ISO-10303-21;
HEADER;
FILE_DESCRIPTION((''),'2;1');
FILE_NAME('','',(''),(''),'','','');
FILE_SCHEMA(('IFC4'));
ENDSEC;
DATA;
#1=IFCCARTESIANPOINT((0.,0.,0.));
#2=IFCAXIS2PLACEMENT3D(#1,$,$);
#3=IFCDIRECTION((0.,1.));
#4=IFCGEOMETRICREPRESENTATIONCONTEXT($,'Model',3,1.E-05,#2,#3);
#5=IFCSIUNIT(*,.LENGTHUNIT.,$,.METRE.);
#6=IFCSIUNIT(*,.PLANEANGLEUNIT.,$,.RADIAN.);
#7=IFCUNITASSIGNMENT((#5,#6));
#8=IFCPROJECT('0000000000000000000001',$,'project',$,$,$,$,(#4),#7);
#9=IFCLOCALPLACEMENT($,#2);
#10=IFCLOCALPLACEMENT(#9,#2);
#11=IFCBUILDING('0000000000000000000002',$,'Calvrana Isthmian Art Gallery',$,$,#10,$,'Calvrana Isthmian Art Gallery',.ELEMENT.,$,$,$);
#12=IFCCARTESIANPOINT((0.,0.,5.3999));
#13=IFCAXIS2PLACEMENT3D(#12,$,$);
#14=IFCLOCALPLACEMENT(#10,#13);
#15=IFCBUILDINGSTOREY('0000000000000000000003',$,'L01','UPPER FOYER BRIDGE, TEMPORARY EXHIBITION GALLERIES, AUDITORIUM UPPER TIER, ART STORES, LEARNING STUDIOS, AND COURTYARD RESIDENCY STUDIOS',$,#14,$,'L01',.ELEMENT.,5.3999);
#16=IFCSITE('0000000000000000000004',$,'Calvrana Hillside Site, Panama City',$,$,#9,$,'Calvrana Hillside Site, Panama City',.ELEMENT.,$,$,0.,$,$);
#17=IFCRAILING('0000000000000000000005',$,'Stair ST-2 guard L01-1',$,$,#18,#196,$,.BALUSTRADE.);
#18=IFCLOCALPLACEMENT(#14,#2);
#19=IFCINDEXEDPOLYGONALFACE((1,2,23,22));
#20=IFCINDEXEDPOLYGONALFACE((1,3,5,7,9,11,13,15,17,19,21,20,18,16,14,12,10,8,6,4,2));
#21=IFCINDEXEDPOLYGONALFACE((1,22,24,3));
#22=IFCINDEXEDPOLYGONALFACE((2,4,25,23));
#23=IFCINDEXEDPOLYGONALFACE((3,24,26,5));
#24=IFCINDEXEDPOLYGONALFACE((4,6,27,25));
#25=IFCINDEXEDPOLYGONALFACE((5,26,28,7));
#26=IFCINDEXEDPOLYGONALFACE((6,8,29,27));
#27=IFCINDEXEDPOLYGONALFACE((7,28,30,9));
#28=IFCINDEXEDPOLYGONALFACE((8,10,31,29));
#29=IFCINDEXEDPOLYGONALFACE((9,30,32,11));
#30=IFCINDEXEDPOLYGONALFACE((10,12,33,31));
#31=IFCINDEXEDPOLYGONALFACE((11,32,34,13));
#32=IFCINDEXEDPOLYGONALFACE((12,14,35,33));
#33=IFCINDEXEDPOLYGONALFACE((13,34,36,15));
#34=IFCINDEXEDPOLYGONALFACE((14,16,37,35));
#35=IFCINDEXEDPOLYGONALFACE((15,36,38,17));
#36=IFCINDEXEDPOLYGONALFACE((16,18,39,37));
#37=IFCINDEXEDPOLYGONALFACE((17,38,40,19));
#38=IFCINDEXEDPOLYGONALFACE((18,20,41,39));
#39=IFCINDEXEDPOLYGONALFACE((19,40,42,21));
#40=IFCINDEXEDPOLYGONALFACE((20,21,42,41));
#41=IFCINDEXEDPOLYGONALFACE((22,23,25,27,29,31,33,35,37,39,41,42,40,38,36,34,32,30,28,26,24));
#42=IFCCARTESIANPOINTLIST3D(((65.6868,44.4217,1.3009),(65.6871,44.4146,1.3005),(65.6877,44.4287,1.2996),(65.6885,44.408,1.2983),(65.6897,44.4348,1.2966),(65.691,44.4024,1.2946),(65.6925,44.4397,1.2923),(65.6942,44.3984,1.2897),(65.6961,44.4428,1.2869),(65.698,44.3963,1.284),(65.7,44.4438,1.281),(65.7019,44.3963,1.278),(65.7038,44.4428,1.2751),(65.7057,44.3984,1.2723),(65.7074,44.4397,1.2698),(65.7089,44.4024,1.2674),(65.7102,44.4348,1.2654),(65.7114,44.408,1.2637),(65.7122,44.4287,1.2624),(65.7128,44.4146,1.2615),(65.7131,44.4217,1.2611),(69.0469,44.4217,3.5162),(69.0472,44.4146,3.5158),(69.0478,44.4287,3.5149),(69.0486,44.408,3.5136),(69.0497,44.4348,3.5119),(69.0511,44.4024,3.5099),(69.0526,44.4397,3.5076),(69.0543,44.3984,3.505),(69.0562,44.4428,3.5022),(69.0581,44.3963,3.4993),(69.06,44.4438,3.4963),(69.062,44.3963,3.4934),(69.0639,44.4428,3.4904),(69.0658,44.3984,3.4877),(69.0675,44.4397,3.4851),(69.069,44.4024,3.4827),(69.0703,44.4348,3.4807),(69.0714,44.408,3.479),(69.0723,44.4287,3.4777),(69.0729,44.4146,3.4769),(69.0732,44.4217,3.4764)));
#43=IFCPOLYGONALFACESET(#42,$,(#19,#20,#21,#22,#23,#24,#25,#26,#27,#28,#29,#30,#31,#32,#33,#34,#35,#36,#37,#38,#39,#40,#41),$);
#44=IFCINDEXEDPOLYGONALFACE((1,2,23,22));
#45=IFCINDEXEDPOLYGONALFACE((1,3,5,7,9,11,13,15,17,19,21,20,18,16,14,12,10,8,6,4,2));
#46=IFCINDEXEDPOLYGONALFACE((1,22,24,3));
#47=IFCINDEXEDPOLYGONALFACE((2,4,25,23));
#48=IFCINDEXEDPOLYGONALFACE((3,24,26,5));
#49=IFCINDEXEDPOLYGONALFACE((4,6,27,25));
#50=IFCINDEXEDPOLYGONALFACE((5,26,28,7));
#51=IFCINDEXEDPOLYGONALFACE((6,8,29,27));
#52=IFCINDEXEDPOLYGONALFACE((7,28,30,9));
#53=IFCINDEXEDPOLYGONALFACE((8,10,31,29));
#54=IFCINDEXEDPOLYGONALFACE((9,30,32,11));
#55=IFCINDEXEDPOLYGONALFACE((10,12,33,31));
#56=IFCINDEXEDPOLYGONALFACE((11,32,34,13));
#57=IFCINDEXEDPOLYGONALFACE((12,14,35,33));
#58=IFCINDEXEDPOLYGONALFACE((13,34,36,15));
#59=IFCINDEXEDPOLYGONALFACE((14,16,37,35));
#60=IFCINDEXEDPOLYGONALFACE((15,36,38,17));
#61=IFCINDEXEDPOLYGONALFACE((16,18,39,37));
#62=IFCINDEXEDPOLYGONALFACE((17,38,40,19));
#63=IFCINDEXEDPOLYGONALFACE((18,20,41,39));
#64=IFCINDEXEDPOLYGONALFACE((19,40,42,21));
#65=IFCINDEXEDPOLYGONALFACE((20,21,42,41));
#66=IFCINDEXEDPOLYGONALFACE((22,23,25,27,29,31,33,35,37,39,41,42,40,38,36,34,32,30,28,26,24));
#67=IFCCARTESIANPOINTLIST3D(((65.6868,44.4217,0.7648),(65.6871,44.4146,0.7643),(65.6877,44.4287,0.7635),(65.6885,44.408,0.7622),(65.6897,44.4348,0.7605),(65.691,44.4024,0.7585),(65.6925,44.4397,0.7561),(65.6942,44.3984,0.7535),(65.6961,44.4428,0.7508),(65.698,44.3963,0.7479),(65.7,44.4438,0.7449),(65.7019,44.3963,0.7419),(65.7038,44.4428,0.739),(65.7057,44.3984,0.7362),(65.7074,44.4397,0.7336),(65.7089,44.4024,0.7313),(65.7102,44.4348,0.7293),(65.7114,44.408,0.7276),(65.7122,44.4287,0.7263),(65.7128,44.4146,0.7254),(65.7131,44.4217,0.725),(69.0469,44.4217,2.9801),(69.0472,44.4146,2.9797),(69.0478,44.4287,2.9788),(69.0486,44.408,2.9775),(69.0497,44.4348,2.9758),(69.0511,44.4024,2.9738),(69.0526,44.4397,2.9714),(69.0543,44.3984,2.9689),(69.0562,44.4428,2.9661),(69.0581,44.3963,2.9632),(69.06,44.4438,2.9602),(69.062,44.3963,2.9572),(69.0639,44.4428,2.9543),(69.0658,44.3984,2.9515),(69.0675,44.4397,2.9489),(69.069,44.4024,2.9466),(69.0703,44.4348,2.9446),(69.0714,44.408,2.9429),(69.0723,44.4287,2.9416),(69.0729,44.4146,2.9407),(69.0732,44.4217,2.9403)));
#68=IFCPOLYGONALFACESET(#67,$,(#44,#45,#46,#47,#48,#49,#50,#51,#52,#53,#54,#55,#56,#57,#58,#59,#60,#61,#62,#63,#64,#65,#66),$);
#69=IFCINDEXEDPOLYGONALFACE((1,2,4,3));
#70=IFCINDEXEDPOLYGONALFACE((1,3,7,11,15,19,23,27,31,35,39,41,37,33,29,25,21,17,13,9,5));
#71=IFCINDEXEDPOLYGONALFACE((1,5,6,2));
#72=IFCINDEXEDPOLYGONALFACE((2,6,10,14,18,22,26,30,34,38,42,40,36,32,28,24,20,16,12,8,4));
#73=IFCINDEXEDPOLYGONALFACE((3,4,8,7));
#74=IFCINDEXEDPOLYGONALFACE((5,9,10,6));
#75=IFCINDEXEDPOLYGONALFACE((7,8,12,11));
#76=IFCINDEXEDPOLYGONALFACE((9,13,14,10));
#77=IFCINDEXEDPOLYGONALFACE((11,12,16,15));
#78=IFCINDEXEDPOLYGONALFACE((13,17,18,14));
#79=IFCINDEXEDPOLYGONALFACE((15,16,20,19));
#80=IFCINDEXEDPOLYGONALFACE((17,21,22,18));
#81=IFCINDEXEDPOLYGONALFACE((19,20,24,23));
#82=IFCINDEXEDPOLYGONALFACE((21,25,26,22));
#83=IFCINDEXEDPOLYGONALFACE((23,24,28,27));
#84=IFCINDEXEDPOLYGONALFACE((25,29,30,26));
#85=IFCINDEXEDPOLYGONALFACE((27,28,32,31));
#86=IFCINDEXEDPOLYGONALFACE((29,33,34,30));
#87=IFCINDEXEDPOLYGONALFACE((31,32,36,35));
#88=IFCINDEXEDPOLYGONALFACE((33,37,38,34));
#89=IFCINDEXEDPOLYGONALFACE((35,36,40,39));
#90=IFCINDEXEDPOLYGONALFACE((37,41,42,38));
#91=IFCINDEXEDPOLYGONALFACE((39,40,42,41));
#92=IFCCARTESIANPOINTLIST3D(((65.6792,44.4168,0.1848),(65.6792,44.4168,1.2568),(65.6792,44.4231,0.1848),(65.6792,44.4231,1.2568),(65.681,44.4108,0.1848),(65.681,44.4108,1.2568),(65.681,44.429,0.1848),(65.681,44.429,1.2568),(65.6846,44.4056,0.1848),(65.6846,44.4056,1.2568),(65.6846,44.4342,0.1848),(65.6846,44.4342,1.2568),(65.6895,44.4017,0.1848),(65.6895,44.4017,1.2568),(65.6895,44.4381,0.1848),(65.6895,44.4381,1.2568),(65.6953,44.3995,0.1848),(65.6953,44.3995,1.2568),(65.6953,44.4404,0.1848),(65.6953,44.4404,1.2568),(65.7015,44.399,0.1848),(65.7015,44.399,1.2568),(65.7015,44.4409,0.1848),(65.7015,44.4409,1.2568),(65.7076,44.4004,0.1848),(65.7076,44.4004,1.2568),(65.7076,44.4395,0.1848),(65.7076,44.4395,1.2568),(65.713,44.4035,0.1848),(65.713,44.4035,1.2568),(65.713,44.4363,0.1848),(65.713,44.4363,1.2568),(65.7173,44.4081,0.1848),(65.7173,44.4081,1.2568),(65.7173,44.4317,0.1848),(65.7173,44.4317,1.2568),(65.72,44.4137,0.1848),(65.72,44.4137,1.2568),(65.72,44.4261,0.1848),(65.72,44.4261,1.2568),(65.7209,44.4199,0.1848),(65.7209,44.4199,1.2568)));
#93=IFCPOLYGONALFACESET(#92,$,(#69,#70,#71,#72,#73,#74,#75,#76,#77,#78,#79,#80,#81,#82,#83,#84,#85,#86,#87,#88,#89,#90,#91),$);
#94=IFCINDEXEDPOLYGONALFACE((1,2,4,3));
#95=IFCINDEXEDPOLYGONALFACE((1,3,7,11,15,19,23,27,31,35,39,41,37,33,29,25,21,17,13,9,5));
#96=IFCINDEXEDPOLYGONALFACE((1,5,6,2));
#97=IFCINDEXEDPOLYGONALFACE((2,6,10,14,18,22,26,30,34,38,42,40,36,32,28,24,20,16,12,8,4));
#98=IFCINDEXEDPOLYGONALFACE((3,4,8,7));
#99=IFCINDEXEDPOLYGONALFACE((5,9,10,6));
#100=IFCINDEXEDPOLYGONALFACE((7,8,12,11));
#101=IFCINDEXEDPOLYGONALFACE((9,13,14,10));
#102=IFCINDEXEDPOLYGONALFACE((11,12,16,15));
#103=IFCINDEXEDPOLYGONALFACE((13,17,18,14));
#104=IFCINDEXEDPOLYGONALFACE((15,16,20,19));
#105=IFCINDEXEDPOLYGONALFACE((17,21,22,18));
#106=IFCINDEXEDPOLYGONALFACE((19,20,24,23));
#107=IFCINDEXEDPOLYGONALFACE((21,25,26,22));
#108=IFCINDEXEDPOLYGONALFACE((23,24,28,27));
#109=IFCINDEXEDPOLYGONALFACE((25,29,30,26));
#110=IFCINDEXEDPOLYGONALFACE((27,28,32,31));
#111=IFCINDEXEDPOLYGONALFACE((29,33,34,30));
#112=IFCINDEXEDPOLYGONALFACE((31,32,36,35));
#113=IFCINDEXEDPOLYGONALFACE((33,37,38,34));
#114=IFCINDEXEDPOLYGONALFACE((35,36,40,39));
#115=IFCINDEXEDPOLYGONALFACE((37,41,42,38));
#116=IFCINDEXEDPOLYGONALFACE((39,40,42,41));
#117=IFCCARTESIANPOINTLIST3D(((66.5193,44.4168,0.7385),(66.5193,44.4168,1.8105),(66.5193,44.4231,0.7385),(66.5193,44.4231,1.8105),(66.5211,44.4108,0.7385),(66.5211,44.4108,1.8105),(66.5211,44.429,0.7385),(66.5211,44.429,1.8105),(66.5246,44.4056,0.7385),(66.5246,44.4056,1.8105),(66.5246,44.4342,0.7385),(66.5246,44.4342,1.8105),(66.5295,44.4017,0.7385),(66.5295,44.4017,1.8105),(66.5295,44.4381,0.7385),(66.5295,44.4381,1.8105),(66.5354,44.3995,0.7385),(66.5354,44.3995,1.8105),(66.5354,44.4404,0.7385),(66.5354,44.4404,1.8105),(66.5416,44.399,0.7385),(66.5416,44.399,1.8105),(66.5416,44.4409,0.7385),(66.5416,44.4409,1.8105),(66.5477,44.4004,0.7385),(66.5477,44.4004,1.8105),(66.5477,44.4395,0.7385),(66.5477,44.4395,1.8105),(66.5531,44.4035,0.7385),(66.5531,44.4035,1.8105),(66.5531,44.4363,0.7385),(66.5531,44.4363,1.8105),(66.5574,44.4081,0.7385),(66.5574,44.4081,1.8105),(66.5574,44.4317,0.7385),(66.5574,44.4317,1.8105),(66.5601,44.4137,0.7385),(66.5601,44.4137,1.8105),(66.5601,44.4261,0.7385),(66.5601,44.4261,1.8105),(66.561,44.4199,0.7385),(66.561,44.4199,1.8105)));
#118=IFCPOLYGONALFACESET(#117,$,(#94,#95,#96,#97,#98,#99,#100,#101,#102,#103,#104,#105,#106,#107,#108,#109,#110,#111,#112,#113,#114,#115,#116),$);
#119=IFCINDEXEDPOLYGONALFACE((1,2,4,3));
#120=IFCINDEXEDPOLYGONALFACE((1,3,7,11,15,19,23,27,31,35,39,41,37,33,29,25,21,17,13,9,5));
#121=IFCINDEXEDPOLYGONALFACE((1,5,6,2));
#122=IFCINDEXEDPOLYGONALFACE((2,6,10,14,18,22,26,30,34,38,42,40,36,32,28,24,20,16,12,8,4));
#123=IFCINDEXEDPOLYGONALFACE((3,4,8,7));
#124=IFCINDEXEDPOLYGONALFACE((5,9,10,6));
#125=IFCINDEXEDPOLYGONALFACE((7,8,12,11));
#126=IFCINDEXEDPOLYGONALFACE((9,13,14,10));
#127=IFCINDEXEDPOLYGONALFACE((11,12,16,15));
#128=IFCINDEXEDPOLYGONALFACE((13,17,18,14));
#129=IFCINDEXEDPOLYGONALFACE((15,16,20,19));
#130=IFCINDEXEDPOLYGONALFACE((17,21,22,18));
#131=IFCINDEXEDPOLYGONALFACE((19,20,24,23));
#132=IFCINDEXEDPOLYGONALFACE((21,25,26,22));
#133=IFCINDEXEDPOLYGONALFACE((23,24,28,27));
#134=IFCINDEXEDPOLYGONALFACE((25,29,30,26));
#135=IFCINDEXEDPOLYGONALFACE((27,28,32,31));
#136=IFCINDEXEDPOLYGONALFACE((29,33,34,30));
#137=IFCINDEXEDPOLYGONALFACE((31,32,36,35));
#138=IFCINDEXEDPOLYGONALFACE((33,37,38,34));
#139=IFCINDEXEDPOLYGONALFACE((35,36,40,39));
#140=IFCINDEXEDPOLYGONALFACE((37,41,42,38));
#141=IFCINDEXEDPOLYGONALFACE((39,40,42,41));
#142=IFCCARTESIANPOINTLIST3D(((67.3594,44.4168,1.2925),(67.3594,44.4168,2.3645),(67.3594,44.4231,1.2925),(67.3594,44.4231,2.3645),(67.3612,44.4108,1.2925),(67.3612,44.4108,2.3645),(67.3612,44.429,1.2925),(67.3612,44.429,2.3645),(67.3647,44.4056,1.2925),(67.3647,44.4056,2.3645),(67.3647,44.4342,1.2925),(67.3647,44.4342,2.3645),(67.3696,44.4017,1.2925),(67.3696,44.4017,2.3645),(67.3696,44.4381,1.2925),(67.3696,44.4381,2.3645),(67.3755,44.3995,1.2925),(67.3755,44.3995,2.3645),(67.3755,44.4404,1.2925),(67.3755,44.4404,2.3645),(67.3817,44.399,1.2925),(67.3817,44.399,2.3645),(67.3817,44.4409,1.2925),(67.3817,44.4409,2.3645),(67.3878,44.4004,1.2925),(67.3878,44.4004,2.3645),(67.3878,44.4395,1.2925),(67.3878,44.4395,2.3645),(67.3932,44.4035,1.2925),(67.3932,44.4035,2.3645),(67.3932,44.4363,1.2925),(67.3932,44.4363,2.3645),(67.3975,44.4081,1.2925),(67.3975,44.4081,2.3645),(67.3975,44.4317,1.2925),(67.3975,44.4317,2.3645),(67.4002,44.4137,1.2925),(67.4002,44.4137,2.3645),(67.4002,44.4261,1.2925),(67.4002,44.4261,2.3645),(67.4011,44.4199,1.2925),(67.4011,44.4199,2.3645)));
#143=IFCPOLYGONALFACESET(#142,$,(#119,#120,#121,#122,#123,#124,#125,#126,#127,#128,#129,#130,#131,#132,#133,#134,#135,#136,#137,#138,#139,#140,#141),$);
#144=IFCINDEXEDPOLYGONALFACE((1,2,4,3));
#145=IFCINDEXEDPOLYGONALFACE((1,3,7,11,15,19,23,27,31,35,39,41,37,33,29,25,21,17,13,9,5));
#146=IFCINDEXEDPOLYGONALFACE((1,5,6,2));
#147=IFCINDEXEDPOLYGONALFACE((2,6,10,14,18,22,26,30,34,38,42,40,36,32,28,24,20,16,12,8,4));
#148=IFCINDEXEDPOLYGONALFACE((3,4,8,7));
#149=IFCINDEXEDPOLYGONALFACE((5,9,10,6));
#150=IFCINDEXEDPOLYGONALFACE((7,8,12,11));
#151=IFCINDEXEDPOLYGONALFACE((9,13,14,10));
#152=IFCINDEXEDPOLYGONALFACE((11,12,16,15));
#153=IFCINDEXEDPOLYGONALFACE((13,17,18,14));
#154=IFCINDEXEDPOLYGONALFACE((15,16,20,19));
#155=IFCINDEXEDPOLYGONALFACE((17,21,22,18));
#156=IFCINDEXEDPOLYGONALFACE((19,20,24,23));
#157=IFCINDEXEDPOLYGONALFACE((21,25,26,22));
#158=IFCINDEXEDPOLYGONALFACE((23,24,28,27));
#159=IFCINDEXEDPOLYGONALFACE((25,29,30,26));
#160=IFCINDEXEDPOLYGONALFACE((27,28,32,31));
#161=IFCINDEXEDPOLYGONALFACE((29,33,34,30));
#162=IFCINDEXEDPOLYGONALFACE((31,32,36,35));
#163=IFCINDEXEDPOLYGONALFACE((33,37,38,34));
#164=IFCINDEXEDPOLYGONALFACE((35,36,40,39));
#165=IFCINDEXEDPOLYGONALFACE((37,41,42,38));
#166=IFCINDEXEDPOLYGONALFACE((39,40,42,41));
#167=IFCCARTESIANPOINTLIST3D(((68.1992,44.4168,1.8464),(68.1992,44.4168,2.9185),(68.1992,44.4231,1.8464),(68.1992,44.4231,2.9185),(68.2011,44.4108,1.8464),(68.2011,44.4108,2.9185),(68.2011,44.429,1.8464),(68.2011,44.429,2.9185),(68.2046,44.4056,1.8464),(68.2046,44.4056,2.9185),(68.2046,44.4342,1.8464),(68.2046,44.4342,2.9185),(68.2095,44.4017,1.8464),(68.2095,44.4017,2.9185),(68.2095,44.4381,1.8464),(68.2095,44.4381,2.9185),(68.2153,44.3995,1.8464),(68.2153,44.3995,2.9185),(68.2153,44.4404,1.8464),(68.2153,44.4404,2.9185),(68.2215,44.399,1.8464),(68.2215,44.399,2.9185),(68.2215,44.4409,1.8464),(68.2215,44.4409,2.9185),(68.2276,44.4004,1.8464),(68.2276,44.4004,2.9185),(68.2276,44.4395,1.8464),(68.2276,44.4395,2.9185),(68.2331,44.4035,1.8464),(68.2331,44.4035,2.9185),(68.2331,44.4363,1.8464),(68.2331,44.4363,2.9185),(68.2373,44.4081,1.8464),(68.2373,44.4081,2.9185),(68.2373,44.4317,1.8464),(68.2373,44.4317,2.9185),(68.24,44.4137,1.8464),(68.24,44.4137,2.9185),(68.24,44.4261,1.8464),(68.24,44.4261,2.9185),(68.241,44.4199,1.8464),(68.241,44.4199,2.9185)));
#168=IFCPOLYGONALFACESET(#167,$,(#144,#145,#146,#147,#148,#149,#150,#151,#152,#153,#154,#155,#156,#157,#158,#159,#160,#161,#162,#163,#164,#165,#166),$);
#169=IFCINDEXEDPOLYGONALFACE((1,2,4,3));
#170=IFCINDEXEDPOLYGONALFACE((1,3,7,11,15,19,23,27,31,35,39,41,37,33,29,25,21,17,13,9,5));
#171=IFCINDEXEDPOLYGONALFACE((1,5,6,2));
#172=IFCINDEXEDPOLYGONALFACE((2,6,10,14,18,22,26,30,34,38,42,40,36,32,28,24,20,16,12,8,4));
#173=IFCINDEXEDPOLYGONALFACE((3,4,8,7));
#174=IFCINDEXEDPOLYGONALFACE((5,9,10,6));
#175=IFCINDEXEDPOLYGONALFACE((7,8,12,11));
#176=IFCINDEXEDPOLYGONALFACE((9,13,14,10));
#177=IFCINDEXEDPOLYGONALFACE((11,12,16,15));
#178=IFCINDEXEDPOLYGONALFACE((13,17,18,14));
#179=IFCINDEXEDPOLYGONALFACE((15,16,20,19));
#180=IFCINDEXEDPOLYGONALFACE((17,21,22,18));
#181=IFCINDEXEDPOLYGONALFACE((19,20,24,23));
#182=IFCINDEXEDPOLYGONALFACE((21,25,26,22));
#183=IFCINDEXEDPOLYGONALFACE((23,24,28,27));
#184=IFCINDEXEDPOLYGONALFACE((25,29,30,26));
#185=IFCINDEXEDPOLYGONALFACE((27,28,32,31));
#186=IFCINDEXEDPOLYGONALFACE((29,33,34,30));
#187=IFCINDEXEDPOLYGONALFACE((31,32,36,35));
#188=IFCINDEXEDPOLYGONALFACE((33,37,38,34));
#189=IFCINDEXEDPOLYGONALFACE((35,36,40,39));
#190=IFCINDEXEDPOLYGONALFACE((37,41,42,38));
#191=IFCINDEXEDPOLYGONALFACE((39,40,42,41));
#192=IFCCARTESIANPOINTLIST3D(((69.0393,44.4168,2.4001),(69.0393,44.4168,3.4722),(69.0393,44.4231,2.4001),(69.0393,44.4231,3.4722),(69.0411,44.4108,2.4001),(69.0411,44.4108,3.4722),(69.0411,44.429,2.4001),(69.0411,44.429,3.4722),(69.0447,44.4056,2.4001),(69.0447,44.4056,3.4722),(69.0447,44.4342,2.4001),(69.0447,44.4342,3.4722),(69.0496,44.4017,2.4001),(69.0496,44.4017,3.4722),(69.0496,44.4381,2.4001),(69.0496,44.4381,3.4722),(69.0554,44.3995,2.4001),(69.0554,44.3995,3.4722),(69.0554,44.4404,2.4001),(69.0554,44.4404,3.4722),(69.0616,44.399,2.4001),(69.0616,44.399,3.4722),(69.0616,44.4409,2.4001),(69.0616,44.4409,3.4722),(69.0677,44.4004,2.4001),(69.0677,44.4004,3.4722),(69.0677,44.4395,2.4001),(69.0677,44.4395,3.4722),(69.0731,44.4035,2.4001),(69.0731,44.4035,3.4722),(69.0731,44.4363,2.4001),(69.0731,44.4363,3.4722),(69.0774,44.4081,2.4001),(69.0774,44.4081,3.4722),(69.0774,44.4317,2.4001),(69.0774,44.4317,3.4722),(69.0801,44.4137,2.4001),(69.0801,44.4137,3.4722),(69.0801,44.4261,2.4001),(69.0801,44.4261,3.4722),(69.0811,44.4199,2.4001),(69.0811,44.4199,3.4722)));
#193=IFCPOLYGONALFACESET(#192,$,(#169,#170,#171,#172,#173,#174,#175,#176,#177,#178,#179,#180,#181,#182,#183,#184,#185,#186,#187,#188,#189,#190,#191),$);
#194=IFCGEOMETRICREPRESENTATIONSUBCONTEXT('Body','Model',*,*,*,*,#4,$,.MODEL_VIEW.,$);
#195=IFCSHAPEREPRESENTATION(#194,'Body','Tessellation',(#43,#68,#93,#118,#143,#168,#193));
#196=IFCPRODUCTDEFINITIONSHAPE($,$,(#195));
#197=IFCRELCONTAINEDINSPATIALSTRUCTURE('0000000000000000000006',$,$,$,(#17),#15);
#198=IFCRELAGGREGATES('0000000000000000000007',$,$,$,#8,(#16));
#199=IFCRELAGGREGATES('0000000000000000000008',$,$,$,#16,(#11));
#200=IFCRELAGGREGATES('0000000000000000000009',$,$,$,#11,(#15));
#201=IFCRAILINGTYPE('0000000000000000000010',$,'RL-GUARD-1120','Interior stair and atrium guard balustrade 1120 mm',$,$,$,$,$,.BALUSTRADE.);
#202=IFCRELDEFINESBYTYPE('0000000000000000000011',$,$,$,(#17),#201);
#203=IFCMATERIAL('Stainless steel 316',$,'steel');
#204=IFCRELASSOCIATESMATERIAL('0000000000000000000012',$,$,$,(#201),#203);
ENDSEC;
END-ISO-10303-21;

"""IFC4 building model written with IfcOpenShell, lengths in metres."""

from ifc_helpers import new_model, si_unit, direction, frame, origin, origin_2d, place, context, subcontext, project, spatial, circle, extrude, material, type_object, element, save


model = new_model("IFC4")

# Units and contexts
model_context = context("Model", 3, precision=1e-05, world=origin(), true_north=direction((0.0, 1.0)))
body_context = subcontext(model_context, "Body", "Model", "MODEL_VIEW")
ifc_project = project(units=[si_unit("LENGTHUNIT", "METRE"), si_unit("PLANEANGLEUNIT", "RADIAN")], contexts=[model_context])

# Site, building, storey
site_placement = place(None, origin())
site = spatial("IfcSite", under=ifc_project, at=site_placement, Name="Calvrana Hillside Site, Panama City", LongName="Calvrana Hillside Site, Panama City", CompositionType="ELEMENT", RefElevation=0.0)
building_placement = place(site_placement, origin())
building = spatial("IfcBuilding", under=site, at=building_placement, Name="Calvrana Isthmian Art Gallery", LongName="Calvrana Isthmian Art Gallery", CompositionType="ELEMENT")
storey_placement = place(building_placement, frame((0.0, 0.0, 5.3999)))
storey = spatial("IfcBuildingStorey", under=building, at=storey_placement, Name="L01", Description="UPPER FOYER BRIDGE, TEMPORARY EXHIBITION GALLERIES, AUDITORIUM UPPER TIER, ART STORES, LEARNING STUDIOS, AND COURTYARD RESIDENCY STUDIOS", LongName="L01", CompositionType="ELEMENT", Elevation=5.3999)

# Railing
ifc_material_1 = material(Name="Stainless steel 316", Category="steel")
railing_type_1 = type_object("IfcRailingType", Name="RL-GUARD-1120", Description="Interior stair and atrium guard balustrade 1120 mm", PredefinedType="BALUSTRADE", material=ifc_material_1)
railing_1_placement = place(storey_placement, frame((65.7, 44.4199, 0.1848)))
element("IfcRailing", 1, at=railing_1_placement, inside=storey, type_object=railing_type_1, Name="Stair ST-2 guard L01-1", PredefinedType="BALUSTRADE", context=body_context, shape_type="SweptSolid", body=[
    extrude(circle(Radius=0.0239, at=origin_2d()), frame((0.0, 0.0, 1.0962), z_axis=(0.834876, 0.0, 0.550437), x_axis=(0.0, 1.0, 0.0)), (0.0, 0.0, 1.0), 4.0247),
    extrude(circle(Radius=0.0239, at=origin_2d()), frame((0.0, 0.0, 0.5601), z_axis=(0.834876, 0.0, 0.550437), x_axis=(0.0, 1.0, 0.0)), (0.0, 0.0, 1.0), 4.0247),
    extrude(circle(Radius=0.021, at=origin_2d()), origin(), (0.0, 0.0, 1.0), 1.072),
    extrude(circle(Radius=0.021, at=origin_2d()), frame((0.8401, 0.0, 0.5537)), (0.0, 0.0, 1.0), 1.072),
    extrude(circle(Radius=0.021, at=origin_2d()), frame((1.6802, 0.0, 1.1077)), (0.0, 0.0, 1.0), 1.072),
    extrude(circle(Radius=0.021, at=origin_2d()), frame((2.52, 0.0, 1.6616)), (0.0, 0.0, 1.0), 1.072),
    extrude(circle(Radius=0.021, at=origin_2d()), frame((3.3601, 0.0, 2.2153)), (0.0, 0.0, 1.0), 1.072),
])

save(model, "model.ifc")
